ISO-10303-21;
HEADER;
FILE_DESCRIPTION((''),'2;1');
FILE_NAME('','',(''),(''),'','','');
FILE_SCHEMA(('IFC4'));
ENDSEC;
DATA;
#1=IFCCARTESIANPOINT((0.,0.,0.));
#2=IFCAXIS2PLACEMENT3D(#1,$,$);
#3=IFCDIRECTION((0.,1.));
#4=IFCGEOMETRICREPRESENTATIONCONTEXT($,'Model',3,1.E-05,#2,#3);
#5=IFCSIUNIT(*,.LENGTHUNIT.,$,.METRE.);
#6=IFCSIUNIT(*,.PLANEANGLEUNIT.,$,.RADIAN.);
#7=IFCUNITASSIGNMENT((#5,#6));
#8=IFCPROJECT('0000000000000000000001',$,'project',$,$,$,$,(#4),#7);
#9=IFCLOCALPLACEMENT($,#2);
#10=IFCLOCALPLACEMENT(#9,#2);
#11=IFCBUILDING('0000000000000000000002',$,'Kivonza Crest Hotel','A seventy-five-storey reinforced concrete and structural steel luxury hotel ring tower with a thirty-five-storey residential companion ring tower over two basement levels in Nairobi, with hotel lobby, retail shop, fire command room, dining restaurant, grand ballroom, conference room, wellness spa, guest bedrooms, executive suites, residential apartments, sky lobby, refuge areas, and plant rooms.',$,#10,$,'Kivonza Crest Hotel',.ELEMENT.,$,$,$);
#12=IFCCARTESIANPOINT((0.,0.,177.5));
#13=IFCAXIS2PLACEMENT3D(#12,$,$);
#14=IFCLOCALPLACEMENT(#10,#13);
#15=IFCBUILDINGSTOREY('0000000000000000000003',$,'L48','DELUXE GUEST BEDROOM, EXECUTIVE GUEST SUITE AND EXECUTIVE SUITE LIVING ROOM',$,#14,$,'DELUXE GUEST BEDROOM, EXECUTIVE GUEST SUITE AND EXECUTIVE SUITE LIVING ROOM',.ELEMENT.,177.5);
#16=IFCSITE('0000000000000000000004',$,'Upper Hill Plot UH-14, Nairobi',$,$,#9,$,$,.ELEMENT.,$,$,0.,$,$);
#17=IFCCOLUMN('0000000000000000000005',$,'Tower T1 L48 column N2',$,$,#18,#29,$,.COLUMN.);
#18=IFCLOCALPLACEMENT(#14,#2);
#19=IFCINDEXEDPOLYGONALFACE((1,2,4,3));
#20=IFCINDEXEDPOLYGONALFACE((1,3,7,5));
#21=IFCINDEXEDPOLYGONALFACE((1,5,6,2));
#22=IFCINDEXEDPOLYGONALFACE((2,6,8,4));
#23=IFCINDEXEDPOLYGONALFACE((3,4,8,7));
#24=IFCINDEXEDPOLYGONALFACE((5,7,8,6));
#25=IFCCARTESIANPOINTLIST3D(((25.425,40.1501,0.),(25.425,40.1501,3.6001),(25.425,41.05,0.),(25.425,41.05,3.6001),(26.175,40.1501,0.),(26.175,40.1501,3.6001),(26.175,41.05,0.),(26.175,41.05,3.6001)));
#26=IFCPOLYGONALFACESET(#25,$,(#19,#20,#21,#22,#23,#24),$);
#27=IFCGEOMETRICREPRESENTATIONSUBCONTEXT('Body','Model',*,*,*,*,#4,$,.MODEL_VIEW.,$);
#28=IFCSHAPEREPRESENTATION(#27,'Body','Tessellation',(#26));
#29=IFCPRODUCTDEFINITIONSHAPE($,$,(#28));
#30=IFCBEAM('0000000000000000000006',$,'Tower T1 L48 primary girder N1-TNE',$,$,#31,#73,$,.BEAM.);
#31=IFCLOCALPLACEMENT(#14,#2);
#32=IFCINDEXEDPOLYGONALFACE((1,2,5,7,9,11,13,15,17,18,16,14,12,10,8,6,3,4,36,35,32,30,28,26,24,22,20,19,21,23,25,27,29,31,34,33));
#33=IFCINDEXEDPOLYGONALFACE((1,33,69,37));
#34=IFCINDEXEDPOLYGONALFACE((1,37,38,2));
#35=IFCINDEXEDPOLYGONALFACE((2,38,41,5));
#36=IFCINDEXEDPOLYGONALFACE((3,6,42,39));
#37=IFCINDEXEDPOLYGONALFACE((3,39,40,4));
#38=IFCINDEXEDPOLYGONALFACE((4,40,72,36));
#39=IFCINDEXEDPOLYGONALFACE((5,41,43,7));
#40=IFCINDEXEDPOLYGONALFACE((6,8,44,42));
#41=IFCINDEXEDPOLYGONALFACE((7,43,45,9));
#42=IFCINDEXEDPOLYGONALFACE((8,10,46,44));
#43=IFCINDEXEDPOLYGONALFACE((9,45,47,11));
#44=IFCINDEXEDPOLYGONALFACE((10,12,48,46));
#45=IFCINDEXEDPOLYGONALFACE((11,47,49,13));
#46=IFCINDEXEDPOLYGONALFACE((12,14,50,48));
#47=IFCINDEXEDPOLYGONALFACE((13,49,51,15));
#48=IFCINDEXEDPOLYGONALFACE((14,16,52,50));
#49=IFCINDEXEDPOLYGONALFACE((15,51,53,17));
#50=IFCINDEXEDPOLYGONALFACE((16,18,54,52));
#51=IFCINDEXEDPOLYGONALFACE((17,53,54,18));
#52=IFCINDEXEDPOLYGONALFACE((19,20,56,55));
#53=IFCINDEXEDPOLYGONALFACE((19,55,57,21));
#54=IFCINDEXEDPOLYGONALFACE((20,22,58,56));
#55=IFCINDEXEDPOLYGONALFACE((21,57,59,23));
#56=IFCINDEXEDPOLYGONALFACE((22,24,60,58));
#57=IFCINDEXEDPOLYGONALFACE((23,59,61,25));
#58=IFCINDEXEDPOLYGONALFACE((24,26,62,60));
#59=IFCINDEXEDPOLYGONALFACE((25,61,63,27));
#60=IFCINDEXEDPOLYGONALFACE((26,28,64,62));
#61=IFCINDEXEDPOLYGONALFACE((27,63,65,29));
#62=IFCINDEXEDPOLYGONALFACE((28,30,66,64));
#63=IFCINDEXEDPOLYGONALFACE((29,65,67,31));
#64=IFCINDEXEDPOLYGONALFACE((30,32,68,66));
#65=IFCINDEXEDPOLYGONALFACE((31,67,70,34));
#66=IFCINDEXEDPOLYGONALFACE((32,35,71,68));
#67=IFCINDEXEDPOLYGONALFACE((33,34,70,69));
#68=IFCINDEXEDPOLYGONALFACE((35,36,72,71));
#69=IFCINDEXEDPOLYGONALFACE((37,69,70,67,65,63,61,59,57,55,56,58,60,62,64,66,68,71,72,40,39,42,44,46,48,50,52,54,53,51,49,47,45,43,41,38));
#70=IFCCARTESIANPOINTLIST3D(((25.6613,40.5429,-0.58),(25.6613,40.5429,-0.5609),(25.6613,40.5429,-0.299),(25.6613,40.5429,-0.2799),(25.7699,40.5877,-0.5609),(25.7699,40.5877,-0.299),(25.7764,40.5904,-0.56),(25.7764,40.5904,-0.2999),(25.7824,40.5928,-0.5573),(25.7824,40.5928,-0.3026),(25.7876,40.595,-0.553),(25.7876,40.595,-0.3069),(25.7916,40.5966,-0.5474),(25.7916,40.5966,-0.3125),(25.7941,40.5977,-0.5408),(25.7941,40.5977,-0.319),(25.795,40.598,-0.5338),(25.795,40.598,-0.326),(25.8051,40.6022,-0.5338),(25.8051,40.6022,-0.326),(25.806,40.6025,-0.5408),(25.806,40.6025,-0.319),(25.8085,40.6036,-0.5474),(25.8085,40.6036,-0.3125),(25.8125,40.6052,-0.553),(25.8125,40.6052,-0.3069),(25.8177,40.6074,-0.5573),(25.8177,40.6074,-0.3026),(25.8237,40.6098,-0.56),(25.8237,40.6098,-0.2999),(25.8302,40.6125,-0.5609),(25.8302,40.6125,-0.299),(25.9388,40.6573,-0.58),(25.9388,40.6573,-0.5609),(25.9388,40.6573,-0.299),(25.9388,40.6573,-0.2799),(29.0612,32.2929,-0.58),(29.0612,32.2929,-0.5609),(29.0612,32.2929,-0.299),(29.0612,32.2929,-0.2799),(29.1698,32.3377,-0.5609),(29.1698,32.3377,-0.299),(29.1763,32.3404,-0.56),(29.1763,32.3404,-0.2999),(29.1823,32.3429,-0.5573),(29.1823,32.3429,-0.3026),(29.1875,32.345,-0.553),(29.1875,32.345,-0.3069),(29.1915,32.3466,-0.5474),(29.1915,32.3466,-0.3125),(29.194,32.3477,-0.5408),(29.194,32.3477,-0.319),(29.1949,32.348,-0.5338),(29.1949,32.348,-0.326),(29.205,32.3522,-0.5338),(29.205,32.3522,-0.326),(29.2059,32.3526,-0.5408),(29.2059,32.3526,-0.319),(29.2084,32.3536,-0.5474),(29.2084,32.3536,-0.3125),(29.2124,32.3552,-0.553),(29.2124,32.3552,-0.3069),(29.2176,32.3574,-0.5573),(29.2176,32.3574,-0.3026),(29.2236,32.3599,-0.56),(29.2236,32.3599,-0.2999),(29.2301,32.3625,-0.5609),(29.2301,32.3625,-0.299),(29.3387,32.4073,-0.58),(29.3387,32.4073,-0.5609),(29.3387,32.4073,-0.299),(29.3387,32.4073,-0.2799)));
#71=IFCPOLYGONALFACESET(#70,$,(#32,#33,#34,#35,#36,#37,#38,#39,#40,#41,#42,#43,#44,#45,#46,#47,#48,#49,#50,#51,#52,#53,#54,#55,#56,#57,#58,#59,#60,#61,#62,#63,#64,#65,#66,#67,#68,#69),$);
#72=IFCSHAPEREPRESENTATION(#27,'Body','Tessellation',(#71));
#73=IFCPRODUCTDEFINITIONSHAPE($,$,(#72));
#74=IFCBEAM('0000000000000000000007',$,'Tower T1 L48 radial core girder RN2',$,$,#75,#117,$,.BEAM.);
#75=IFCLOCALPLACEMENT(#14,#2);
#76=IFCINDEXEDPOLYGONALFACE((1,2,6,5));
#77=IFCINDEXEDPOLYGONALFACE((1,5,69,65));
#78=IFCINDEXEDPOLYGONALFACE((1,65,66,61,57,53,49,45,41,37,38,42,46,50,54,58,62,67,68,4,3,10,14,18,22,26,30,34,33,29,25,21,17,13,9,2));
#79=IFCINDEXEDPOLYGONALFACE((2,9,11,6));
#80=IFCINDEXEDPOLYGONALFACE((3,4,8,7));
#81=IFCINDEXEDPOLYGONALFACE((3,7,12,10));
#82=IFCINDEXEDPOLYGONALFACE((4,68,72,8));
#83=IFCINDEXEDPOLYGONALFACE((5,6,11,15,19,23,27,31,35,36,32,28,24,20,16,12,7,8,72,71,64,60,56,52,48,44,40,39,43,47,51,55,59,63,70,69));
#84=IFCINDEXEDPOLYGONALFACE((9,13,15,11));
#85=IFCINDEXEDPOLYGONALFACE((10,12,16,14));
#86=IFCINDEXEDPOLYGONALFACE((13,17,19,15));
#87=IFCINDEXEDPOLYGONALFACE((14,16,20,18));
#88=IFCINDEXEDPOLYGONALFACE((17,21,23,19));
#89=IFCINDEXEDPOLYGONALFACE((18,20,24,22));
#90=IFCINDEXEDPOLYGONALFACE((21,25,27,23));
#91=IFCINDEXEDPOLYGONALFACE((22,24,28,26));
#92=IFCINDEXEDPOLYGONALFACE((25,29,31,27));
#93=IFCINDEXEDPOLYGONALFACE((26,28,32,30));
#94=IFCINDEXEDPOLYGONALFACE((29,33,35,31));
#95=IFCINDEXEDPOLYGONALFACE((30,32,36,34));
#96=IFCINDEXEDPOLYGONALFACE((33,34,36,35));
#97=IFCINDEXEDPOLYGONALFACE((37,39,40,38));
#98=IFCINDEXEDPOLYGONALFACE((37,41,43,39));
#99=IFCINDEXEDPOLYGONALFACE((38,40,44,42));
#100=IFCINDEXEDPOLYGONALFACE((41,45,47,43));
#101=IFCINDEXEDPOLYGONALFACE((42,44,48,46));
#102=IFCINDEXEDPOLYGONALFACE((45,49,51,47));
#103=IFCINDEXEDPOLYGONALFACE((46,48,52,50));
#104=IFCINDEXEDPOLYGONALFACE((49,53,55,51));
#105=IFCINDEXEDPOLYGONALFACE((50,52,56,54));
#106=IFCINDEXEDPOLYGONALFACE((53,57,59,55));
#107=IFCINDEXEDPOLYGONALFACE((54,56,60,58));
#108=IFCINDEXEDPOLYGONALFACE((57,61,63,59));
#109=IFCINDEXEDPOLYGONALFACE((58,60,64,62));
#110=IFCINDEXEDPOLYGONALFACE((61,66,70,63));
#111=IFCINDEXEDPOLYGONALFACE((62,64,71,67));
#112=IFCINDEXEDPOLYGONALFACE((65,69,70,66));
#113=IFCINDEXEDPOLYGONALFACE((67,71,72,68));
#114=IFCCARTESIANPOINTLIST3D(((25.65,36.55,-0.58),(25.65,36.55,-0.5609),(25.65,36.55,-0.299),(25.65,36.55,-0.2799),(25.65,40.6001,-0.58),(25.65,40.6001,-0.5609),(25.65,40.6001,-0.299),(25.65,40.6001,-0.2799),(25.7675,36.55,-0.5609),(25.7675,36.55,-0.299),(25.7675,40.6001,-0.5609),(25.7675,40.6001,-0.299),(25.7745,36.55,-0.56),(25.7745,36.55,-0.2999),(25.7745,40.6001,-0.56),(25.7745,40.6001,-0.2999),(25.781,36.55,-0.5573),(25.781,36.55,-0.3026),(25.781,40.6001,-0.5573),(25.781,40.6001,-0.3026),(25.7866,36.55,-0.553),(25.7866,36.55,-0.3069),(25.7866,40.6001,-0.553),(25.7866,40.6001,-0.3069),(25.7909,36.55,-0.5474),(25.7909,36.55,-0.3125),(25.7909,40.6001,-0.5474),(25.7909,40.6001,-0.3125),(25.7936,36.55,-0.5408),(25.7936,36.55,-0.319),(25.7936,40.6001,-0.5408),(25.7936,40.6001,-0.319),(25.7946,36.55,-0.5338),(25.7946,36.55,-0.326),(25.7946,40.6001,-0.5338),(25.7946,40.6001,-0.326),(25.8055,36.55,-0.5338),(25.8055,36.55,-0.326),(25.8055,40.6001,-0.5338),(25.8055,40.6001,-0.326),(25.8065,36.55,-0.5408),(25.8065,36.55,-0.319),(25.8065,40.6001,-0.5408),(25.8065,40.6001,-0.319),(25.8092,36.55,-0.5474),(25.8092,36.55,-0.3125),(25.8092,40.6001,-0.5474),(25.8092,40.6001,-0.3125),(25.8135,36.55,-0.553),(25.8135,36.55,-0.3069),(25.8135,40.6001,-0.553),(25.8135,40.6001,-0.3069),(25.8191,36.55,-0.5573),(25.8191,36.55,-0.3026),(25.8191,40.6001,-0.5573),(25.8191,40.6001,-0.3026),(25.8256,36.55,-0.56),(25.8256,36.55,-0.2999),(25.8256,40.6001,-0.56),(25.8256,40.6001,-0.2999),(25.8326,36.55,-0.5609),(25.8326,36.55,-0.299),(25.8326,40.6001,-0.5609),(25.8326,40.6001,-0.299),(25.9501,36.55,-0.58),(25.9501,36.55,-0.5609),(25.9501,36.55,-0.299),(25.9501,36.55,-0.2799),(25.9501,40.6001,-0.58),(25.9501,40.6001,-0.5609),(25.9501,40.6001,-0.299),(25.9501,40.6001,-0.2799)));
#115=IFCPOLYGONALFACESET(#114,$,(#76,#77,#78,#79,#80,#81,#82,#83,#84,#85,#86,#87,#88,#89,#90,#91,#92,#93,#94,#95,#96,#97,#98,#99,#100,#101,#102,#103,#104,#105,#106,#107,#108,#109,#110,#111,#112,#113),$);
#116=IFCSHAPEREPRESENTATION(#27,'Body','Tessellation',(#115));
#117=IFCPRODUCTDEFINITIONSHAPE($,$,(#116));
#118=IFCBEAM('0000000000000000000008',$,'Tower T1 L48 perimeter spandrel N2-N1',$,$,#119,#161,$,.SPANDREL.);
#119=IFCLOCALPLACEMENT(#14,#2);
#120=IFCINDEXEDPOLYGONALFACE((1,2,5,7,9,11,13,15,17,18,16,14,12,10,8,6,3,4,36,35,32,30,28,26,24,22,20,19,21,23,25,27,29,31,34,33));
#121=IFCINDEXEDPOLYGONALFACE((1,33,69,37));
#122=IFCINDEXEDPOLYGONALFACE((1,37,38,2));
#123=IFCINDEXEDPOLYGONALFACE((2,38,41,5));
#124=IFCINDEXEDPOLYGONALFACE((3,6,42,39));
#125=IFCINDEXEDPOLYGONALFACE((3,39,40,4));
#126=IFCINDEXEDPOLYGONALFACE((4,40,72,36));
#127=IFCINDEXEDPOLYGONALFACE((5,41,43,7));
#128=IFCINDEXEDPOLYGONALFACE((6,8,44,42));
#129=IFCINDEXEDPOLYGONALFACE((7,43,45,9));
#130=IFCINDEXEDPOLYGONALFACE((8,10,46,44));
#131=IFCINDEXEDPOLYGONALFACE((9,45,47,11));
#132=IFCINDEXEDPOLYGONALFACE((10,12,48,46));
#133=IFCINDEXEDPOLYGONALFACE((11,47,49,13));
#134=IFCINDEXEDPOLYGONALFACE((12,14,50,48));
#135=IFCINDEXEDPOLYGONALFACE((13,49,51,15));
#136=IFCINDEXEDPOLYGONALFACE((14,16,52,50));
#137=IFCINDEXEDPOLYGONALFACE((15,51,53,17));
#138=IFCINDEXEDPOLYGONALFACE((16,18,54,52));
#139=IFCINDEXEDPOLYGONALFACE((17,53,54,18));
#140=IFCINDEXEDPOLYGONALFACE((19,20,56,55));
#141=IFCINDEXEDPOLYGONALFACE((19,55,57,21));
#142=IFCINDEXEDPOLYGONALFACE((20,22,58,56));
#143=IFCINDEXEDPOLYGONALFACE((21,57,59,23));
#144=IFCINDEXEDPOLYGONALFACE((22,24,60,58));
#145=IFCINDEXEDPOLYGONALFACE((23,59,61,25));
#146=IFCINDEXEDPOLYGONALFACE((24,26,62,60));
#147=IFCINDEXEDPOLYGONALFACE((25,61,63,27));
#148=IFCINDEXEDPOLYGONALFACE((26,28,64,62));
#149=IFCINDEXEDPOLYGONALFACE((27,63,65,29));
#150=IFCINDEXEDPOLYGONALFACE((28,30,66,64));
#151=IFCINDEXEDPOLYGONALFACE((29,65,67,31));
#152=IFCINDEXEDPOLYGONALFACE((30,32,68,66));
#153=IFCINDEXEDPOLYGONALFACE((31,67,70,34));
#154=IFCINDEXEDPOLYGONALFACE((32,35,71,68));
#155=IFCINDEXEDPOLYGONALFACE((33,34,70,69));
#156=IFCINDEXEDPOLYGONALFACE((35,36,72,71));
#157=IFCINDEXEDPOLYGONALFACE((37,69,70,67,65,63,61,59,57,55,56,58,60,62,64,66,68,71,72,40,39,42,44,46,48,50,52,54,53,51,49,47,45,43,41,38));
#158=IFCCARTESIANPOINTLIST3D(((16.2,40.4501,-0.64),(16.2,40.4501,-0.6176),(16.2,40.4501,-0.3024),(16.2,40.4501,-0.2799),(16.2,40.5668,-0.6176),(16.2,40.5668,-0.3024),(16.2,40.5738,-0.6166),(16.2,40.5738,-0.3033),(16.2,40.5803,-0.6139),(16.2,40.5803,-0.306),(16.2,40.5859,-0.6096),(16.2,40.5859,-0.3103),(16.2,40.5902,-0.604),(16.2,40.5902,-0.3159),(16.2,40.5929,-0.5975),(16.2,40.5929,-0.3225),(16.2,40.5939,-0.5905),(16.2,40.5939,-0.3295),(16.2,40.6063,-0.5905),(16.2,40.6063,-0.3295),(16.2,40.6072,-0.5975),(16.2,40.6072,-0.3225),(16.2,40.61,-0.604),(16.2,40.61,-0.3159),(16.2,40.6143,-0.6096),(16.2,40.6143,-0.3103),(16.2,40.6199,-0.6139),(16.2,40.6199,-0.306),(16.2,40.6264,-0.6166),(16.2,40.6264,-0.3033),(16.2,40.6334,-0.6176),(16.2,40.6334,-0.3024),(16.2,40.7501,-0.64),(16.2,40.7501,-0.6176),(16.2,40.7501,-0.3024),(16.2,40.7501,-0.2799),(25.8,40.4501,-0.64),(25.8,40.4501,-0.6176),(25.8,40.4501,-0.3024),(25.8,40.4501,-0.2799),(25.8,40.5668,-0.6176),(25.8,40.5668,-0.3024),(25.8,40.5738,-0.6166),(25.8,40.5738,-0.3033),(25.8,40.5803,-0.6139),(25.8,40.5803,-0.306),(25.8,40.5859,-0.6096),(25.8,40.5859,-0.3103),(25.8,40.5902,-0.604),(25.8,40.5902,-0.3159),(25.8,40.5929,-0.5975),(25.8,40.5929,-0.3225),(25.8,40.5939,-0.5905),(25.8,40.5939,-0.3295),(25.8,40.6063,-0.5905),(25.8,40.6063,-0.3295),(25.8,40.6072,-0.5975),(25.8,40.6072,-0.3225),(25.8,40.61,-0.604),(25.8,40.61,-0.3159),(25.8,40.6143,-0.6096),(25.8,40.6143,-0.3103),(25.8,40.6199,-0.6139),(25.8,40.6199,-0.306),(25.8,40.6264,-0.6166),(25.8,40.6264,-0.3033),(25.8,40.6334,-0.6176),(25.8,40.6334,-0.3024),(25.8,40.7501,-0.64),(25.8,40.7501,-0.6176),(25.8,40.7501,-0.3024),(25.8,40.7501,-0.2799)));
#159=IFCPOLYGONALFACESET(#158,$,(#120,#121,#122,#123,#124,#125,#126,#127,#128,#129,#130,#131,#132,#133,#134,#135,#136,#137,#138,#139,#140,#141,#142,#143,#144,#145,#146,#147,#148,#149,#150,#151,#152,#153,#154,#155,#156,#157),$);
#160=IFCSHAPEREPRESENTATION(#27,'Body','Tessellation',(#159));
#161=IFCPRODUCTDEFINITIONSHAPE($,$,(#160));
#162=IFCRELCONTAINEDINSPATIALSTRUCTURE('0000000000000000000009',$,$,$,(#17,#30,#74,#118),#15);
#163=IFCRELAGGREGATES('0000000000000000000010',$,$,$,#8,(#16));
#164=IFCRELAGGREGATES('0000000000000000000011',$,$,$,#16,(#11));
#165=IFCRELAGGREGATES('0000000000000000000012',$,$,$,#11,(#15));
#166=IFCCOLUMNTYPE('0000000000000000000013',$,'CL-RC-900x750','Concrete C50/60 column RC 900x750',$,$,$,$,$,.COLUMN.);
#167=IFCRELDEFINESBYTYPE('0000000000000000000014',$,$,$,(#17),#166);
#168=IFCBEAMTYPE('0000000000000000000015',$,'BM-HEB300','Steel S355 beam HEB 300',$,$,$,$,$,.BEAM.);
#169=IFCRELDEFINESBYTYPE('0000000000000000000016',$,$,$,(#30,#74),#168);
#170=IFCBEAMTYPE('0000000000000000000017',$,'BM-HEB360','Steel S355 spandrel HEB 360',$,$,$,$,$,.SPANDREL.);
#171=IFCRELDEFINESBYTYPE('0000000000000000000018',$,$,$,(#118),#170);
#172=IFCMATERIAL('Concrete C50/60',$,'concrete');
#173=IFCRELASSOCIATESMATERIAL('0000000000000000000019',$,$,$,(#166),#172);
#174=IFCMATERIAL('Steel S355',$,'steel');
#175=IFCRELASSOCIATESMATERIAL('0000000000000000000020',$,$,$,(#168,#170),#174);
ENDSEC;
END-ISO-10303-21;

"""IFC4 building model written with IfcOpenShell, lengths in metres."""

from ifc_helpers import new_model, si_unit, direction, frame, origin, origin_2d, place, context, subcontext, project, spatial, rectangle, i_section, extrude, material, material_profile, profile_set, type_object, element, save


model = new_model("IFC4")

# Units and contexts
model_context = context("Model", 3, precision=1e-05, world=origin(), true_north=direction((0.0, 1.0)))
body_context = subcontext(model_context, "Body", "Model", "MODEL_VIEW")
ifc_project = project(units=[si_unit("LENGTHUNIT", "METRE"), si_unit("PLANEANGLEUNIT", "RADIAN")], contexts=[model_context])

# Site, building, storey
site_placement = place(None, origin())
site = spatial("IfcSite", under=ifc_project, at=site_placement, Name="Upper Hill Plot UH-14, Nairobi", CompositionType="ELEMENT", RefElevation=0.0)
building_placement = place(site_placement, origin())
building = spatial("IfcBuilding", under=site, at=building_placement, Name="Kivonza Crest Hotel", Description="A seventy-five-storey reinforced concrete and structural steel luxury hotel ring tower with a thirty-five-storey residential companion ring tower over two basement levels in Nairobi, with hotel lobby, retail shop, fire command room, dining restaurant, grand ballroom, conference room, wellness spa, guest bedrooms, executive suites, residential apartments, sky lobby, refuge areas, and plant rooms.", LongName="Kivonza Crest Hotel", CompositionType="ELEMENT")
storey_placement = place(building_placement, frame((0.0, 0.0, 177.5)))
storey = spatial("IfcBuildingStorey", under=building, at=storey_placement, Name="L48", Description="DELUXE GUEST BEDROOM, EXECUTIVE GUEST SUITE AND EXECUTIVE SUITE LIVING ROOM", LongName="DELUXE GUEST BEDROOM, EXECUTIVE GUEST SUITE AND EXECUTIVE SUITE LIVING ROOM", CompositionType="ELEMENT", Elevation=177.5)

# Column
ifc_material_1 = material(Name="Concrete C50/60", Category="concrete")
ifc_material_profile_1 = material_profile(ifc_material_1, rectangle(XDim=0.75, YDim=0.8999, at=origin_2d()), Name="RC 900x750")
ifc_profile_set_1 = profile_set([ifc_material_profile_1], Name="Concrete C50/60")
column_type = type_object("IfcColumnType", Name="CL-RC-900x750", Description="Concrete C50/60 column RC 900x750", PredefinedType="COLUMN", material=ifc_profile_set_1)
column_placement = place(storey_placement, frame((25.8, 40.6001, 0.0), z_axis=(0.0, 0.0, 1.0), x_axis=(1.0, 0.0, 0.0)))
element("IfcColumn", 1, at=column_placement, inside=storey, type_object=column_type, Name="Tower T1 L48 column N2", PredefinedType="COLUMN", context=body_context, shape_type="SweptSolid", body=[
    extrude(rectangle(XDim=0.75, YDim=0.8999, at=origin_2d()), origin(), (0.0, 0.0, 1.0), 3.6001),
])

# Beams
ifc_material_2 = material(Name="Steel S355", Category="steel")
ifc_material_profile_2 = material_profile(ifc_material_2, i_section(OverallWidth=0.3, OverallDepth=0.3, WebThickness=0.011, FlangeThickness=0.019, FilletRadius=0.0271, at=origin_2d()), Name="HEB 300")
ifc_profile_set_2 = profile_set([ifc_material_profile_2], Name="Steel S355")
beam_type_1 = type_object("IfcBeamType", Name="BM-HEB300", Description="Steel S355 beam HEB 300", PredefinedType="BEAM", material=ifc_profile_set_2)
beam_1_placement = place(storey_placement, frame((25.8, 40.6001, -0.4299), z_axis=(0.381022, -0.924566, 0.0), x_axis=(0.924566, 0.381022, 0.0)))
element("IfcBeam", 2, at=beam_1_placement, inside=storey, type_object=beam_type_1, Name="Tower T1 L48 primary girder N1-TNE", PredefinedType="BEAM", context=body_context, shape_type="SweptSolid", body=[
    extrude(i_section(OverallWidth=0.3, OverallDepth=0.3, WebThickness=0.011, FlangeThickness=0.019, FilletRadius=0.0271, at=origin_2d()), origin(), (0.0, 0.0, 1.0), 8.9231),
])
beam_2_placement = place(storey_placement, frame((25.8, 40.6001, -0.4299), z_axis=(0.0, -1.0, 0.0), x_axis=(1.0, 0.0, 0.0)))
element("IfcBeam", 3, at=beam_2_placement, inside=storey, type_object=beam_type_1, Name="Tower T1 L48 radial core girder RN2", PredefinedType="BEAM", context=body_context, shape_type="SweptSolid", body=[
    extrude(i_section(OverallWidth=0.3, OverallDepth=0.3, WebThickness=0.011, FlangeThickness=0.019, FilletRadius=0.0271, at=origin_2d()), origin(), (0.0, 0.0, 1.0), 4.05),
])
ifc_material_profile_3 = material_profile(ifc_material_2, i_section(OverallWidth=0.3, OverallDepth=0.3601, WebThickness=0.0125, FlangeThickness=0.0225, FilletRadius=0.0271, at=origin_2d()), Name="HEB 360")
ifc_profile_set_3 = profile_set([ifc_material_profile_3], Name="Steel S355")
beam_type_2 = type_object("IfcBeamType", Name="BM-HEB360", Description="Steel S355 spandrel HEB 360", PredefinedType="SPANDREL", material=ifc_profile_set_3)
beam_3_placement = place(storey_placement, frame((25.8, 40.6001, -0.46), z_axis=(-1.0, 0.0, 0.0), x_axis=(0.0, -1.0, 0.0)))
element("IfcBeam", 4, at=beam_3_placement, inside=storey, type_object=beam_type_2, Name="Tower T1 L48 perimeter spandrel N2-N1", PredefinedType="SPANDREL", context=body_context, shape_type="SweptSolid", body=[
    extrude(i_section(OverallWidth=0.3, OverallDepth=0.3601, WebThickness=0.0125, FlangeThickness=0.0225, FilletRadius=0.0271, at=origin_2d()), origin(), (0.0, 0.0, 1.0), 9.6001),
])

save(model, "model.ifc")
